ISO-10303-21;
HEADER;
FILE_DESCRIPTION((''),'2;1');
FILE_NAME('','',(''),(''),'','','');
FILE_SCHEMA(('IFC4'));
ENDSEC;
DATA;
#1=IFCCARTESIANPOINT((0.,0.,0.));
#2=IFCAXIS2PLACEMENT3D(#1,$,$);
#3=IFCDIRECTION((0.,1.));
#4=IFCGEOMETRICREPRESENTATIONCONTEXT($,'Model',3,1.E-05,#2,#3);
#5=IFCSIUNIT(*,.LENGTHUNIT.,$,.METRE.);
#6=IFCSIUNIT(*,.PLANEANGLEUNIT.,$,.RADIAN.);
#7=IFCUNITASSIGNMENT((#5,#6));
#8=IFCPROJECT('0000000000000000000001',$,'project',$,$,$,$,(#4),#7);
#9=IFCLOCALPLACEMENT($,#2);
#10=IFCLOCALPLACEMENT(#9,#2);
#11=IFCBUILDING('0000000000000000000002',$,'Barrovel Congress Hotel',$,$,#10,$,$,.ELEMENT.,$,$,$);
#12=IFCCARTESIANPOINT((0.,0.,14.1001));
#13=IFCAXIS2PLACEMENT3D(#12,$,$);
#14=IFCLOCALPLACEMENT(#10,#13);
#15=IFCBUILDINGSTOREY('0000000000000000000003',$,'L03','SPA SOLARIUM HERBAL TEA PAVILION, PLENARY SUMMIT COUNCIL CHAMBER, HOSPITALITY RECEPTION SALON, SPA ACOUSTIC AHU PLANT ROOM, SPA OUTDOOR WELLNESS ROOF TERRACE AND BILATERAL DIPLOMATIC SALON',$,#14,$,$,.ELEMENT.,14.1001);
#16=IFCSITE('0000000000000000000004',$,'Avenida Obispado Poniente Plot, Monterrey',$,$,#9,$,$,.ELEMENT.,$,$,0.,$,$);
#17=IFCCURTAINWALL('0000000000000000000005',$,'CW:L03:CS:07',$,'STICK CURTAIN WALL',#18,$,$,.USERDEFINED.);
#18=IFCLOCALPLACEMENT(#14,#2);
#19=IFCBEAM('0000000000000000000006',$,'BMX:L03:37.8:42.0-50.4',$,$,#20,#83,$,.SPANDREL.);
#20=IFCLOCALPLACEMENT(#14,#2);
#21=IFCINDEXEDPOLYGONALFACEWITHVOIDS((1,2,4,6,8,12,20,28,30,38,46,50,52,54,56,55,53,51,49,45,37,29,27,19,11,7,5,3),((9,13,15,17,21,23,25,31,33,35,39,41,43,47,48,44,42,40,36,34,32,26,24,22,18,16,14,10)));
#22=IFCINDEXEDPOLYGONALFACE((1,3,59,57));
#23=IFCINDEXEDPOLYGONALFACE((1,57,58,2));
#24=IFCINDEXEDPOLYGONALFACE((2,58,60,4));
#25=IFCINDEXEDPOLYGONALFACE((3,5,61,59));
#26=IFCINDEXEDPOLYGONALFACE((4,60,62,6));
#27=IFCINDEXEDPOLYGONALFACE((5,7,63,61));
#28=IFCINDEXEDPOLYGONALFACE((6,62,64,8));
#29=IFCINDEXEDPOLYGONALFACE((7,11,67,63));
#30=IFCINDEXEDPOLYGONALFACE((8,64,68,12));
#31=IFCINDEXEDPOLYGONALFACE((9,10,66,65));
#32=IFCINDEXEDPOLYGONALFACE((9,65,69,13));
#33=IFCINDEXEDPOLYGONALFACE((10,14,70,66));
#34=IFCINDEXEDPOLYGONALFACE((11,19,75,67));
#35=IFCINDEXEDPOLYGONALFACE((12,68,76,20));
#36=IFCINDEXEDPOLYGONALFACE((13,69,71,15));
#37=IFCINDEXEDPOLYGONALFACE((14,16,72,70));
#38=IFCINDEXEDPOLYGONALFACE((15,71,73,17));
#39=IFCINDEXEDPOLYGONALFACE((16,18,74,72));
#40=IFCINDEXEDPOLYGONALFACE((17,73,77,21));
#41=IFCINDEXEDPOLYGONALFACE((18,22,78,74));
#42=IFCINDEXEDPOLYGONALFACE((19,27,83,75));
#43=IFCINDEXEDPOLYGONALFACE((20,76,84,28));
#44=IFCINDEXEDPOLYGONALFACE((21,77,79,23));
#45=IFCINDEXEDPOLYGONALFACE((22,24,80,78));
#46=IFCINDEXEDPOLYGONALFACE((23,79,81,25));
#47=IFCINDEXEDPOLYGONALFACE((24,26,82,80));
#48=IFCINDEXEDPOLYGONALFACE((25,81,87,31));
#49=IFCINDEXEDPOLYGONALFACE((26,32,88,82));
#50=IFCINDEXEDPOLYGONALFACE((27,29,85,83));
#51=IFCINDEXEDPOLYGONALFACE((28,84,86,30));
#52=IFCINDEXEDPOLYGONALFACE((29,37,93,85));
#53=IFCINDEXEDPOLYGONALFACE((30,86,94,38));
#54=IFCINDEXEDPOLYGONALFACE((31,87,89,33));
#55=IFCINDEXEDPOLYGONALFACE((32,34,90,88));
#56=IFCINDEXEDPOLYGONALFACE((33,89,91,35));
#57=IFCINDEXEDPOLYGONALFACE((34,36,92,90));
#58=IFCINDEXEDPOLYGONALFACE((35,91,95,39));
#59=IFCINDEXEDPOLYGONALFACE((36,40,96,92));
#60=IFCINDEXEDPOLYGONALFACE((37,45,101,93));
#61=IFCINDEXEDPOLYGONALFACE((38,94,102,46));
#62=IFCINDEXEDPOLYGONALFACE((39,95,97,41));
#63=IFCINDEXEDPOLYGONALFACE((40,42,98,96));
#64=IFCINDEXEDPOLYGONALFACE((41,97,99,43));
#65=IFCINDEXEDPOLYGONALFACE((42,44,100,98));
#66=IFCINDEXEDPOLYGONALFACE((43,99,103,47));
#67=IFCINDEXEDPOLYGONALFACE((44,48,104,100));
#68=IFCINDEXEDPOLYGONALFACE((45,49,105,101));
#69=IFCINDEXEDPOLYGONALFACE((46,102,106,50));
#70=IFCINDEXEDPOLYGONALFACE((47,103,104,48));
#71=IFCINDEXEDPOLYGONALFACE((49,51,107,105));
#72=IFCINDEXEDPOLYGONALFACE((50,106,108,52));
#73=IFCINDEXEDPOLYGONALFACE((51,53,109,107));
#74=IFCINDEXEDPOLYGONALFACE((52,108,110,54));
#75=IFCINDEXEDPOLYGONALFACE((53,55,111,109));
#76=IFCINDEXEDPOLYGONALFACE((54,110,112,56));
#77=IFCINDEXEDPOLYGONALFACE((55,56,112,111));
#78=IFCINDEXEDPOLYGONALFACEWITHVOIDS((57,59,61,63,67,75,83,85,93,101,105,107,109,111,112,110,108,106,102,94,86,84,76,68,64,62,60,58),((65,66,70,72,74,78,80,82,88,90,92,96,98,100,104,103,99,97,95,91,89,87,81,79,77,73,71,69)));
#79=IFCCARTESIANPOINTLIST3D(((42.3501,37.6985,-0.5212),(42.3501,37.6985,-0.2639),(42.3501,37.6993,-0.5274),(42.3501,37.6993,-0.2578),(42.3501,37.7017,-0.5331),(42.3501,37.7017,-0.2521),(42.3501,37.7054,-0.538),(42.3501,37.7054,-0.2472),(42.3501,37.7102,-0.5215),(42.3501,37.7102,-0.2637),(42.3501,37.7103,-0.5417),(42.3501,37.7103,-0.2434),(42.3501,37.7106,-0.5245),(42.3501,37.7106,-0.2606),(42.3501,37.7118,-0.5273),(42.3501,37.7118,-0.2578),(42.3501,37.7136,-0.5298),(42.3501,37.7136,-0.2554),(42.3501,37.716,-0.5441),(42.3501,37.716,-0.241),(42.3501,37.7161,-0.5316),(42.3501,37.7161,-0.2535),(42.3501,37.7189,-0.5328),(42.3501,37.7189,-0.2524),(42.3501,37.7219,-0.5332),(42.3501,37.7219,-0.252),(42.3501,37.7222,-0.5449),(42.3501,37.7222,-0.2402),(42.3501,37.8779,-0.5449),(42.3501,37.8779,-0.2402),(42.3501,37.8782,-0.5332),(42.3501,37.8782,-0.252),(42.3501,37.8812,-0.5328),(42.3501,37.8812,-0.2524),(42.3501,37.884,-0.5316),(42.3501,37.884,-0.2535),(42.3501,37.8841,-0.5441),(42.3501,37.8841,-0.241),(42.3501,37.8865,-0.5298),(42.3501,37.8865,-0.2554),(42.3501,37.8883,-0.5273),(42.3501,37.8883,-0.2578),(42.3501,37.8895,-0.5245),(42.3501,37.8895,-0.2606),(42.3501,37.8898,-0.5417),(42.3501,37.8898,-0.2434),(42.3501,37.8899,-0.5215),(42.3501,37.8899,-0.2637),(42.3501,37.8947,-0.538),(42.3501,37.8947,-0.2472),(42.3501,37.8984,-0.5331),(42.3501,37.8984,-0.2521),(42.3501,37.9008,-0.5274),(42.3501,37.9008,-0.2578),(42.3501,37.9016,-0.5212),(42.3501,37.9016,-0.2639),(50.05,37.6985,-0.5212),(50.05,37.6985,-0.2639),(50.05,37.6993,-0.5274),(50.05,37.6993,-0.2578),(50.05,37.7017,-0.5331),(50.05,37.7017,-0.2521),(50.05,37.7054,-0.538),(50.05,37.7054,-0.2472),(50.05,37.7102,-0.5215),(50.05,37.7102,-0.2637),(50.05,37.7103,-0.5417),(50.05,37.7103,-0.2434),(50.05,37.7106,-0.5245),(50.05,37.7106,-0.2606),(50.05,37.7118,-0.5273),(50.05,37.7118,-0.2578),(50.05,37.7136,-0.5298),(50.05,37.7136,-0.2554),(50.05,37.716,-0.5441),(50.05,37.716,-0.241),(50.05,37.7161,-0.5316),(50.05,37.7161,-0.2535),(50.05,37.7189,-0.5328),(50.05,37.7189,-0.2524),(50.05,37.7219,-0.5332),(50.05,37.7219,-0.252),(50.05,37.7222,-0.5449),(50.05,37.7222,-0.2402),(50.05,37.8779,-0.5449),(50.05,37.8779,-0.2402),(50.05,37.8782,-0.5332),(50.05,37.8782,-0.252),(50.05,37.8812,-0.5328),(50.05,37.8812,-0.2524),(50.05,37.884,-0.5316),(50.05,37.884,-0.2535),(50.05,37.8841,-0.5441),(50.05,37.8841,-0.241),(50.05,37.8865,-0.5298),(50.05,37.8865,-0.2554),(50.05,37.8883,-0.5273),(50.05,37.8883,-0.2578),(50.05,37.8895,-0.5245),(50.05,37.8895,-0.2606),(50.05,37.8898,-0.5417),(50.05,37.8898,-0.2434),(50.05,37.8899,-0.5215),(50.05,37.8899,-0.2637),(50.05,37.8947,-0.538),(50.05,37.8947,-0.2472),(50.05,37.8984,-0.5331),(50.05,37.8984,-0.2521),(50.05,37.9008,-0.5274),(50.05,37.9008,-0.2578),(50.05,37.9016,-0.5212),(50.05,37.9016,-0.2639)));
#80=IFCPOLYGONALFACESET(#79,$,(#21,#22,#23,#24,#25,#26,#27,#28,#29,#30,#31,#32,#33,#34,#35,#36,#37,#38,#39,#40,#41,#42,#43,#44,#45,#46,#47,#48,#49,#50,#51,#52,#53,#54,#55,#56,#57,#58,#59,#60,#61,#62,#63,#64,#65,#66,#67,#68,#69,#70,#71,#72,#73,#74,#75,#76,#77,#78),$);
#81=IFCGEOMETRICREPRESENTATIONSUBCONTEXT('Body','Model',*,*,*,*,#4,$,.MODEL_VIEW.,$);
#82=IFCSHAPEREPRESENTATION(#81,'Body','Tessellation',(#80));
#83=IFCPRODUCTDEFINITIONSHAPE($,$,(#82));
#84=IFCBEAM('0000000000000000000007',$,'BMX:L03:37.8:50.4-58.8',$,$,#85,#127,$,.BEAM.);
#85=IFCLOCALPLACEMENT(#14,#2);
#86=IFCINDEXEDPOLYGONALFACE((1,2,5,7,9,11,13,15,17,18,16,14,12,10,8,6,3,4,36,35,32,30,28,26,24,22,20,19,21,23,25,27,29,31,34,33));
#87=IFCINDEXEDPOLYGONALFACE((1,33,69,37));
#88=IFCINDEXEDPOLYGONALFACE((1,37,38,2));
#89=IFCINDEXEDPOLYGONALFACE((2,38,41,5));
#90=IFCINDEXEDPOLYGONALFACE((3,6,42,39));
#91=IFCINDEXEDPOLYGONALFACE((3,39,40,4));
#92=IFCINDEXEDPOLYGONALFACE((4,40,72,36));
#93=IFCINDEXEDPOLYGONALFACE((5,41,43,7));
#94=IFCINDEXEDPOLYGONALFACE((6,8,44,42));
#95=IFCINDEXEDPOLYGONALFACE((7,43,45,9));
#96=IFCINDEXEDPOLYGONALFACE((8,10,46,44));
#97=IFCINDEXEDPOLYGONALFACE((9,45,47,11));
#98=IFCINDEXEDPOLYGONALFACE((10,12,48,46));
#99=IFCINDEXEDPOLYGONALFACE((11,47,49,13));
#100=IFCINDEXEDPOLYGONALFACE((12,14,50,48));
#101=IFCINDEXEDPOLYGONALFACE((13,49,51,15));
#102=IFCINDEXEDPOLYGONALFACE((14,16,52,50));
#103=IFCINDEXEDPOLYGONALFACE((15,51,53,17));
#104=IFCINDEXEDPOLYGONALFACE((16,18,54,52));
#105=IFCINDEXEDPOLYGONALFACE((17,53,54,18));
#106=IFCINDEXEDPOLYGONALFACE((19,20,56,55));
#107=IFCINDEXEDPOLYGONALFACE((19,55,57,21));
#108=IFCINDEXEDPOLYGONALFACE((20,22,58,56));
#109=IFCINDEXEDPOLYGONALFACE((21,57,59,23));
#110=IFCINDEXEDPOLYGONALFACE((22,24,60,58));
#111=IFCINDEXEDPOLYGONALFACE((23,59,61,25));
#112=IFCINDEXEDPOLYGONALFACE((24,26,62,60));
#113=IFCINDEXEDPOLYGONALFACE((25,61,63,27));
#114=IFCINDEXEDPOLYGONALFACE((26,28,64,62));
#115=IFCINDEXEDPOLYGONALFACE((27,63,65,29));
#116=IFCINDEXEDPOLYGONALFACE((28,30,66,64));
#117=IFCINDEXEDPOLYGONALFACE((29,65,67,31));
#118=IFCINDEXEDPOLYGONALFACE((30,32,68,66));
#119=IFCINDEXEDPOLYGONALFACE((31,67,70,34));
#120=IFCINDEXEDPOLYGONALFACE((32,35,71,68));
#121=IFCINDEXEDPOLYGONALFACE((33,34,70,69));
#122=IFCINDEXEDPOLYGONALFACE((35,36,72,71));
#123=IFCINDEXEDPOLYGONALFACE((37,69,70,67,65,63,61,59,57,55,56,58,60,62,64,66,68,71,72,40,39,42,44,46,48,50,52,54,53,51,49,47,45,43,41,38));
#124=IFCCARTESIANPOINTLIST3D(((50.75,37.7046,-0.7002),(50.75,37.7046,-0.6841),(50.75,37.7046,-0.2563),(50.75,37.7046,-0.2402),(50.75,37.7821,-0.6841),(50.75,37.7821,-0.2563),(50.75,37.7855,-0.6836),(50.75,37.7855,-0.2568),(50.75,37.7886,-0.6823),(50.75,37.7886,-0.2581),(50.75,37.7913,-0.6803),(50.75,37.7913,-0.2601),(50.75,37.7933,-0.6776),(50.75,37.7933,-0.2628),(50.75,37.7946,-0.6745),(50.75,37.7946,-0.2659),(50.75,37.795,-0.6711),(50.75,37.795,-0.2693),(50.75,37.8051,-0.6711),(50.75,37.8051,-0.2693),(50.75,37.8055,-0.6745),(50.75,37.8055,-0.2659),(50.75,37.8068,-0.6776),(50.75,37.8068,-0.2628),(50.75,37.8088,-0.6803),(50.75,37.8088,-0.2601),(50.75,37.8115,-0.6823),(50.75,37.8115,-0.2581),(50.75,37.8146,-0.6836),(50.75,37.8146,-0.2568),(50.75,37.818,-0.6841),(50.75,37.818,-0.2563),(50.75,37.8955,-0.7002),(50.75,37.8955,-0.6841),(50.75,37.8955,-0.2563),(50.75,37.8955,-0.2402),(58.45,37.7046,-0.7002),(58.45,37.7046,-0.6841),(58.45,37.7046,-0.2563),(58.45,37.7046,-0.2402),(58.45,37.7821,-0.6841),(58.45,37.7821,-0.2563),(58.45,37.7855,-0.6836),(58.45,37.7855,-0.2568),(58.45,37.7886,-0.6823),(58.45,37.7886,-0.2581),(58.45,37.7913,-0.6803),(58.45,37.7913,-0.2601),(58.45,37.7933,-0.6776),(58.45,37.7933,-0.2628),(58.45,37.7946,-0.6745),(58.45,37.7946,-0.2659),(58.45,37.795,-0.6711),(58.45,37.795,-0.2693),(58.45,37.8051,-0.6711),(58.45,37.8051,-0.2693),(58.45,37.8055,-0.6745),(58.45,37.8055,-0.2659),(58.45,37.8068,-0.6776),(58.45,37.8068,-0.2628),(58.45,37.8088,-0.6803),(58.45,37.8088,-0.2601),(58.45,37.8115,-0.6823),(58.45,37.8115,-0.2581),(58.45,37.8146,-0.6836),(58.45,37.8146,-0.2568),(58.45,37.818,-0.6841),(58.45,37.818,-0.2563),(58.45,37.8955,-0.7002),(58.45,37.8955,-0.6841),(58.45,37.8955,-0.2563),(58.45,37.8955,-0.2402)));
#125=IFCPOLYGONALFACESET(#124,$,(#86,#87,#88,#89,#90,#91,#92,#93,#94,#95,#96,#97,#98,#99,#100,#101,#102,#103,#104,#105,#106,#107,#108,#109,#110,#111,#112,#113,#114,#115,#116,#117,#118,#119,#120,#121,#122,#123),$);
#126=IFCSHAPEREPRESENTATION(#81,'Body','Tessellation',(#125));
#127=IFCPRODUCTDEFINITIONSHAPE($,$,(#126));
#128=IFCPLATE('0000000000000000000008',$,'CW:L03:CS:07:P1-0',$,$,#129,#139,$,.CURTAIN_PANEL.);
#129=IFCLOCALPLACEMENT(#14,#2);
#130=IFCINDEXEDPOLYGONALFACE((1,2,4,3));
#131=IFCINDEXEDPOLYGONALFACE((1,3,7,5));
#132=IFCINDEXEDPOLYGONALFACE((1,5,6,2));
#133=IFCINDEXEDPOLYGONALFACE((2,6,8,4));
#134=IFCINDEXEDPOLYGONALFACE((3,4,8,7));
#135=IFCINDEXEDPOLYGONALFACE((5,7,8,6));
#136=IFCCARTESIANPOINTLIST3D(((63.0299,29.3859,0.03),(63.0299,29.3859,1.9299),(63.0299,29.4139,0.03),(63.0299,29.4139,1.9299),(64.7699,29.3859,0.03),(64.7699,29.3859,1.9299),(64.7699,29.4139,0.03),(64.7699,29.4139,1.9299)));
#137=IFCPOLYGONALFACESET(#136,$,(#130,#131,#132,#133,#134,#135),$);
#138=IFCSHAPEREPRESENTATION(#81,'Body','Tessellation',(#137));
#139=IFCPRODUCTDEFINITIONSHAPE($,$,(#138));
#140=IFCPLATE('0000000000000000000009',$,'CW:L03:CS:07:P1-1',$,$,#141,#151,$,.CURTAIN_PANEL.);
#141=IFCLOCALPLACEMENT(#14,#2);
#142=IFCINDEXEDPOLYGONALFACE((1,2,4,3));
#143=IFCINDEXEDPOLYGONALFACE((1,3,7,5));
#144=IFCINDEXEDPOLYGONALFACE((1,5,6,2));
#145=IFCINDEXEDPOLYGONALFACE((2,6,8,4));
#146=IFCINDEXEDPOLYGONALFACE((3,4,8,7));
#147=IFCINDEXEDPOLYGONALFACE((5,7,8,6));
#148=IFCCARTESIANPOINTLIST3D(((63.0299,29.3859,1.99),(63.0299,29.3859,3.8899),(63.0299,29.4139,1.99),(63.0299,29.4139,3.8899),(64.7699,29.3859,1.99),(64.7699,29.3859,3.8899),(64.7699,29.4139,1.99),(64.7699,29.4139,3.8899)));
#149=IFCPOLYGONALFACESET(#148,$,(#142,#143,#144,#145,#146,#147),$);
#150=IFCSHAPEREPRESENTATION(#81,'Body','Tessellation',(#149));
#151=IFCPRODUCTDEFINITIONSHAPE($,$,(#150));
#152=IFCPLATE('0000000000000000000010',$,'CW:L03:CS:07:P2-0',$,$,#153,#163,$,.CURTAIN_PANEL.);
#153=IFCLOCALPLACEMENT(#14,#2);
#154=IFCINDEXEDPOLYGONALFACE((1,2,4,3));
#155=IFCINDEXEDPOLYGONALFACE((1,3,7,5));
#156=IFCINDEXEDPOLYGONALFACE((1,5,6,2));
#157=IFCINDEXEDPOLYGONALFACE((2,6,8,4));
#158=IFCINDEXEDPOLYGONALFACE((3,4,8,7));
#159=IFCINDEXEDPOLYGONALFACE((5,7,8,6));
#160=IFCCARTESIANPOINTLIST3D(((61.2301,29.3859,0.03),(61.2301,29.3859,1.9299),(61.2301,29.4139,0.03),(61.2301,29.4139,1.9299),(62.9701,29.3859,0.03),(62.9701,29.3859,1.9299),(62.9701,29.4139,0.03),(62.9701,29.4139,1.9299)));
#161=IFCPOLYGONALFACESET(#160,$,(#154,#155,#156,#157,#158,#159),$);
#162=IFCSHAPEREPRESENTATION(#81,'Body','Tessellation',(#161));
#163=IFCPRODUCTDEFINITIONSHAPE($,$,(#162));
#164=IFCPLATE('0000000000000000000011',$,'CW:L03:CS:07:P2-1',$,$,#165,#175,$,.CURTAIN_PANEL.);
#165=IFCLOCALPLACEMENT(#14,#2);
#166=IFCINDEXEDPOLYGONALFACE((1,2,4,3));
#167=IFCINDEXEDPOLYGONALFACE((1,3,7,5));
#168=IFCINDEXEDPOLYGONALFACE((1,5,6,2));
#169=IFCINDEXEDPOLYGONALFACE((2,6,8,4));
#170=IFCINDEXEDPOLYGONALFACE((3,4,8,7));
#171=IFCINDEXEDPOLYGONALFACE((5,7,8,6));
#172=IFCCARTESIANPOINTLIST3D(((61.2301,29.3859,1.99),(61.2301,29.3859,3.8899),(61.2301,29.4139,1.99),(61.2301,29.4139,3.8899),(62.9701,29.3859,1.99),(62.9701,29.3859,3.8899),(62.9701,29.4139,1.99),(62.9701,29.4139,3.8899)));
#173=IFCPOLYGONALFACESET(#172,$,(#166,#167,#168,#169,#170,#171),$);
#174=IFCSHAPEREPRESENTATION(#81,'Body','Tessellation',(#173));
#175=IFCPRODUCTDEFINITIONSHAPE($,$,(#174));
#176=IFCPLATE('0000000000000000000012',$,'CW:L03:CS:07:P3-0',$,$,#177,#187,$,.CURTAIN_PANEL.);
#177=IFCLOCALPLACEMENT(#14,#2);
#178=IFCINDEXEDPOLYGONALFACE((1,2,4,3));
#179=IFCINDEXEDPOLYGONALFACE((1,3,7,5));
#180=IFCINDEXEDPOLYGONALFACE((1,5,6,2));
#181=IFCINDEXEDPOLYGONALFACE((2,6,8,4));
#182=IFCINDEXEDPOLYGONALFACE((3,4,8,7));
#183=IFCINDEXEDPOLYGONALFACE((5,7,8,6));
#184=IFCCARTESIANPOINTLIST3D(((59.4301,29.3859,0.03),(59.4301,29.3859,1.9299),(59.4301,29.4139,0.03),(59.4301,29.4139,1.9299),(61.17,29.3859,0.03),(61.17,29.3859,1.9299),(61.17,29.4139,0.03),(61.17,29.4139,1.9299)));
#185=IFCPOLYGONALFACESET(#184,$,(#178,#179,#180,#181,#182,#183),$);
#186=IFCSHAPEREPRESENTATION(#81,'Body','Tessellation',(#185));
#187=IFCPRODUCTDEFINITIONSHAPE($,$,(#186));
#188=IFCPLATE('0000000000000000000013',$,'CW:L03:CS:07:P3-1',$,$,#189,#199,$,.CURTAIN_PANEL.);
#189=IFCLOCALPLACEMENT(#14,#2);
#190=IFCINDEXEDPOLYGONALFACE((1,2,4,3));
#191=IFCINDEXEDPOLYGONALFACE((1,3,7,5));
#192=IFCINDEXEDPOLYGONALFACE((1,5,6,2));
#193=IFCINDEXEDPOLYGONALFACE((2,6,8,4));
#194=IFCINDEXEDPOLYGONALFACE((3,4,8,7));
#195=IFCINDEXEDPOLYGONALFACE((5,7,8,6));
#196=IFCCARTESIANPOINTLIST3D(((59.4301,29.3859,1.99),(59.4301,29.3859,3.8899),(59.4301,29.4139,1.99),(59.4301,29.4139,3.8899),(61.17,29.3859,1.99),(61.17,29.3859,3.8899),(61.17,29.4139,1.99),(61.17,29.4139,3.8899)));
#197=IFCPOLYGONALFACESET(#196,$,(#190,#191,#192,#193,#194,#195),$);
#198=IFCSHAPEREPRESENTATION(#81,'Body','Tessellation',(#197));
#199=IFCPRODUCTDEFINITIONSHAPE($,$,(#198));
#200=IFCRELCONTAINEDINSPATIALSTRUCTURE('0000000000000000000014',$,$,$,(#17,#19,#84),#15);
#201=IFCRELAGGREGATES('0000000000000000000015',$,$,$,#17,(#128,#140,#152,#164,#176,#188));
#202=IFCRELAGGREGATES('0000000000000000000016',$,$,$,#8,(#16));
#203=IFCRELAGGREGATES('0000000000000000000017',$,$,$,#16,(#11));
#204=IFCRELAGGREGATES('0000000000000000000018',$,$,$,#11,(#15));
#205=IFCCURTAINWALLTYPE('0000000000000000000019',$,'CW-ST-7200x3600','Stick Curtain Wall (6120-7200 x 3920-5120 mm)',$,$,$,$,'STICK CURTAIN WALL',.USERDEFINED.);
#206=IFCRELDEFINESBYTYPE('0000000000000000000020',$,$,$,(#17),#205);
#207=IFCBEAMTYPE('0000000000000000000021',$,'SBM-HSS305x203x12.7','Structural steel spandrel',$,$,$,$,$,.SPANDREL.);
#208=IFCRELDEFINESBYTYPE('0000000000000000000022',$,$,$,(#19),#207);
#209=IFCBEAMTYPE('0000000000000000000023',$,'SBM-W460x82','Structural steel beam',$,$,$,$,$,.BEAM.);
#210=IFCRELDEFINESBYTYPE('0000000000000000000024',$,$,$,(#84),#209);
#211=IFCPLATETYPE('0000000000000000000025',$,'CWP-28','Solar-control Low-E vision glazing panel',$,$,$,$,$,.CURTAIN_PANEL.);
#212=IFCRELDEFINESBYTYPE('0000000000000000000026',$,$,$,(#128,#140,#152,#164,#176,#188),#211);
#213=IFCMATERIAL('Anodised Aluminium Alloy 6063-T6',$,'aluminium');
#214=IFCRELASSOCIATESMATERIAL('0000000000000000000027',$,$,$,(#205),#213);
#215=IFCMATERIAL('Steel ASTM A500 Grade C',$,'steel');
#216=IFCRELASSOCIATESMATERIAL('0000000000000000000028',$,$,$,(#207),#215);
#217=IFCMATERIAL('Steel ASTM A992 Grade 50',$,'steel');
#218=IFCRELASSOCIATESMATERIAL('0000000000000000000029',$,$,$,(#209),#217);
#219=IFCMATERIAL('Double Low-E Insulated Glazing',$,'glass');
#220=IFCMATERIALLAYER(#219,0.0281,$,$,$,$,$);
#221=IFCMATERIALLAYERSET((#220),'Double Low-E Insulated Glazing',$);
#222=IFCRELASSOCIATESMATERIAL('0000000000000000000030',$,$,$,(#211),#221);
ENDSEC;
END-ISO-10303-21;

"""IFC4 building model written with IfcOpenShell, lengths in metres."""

from ifc_helpers import new_model, si_unit, direction, frame, origin, origin_2d, place, context, subcontext, project, spatial, rectangle, hollow_rectangle, i_section, extrude, material, layer, layer_set, material_profile, profile_set, type_object, element, aggregate, save


model = new_model("IFC4")

# Units and contexts
model_context = context("Model", 3, precision=1e-05, world=origin(), true_north=direction((0.0, 1.0)))
body_context = subcontext(model_context, "Body", "Model", "MODEL_VIEW")
ifc_project = project(units=[si_unit("LENGTHUNIT", "METRE"), si_unit("PLANEANGLEUNIT", "RADIAN")], contexts=[model_context])

# Site, building, storey
site_placement = place(None, origin())
site = spatial("IfcSite", under=ifc_project, at=site_placement, Name="Avenida Obispado Poniente Plot, Monterrey", CompositionType="ELEMENT", RefElevation=0.0)
building_placement = place(site_placement, origin())
building = spatial("IfcBuilding", under=site, at=building_placement, Name="Barrovel Congress Hotel", CompositionType="ELEMENT")
storey_placement = place(building_placement, frame((0.0, 0.0, 14.1001)))
storey = spatial("IfcBuildingStorey", under=building, at=storey_placement, Name="L03", Description="SPA SOLARIUM HERBAL TEA PAVILION, PLENARY SUMMIT COUNCIL CHAMBER, HOSPITALITY RECEPTION SALON, SPA ACOUSTIC AHU PLANT ROOM, SPA OUTDOOR WELLNESS ROOF TERRACE AND BILATERAL DIPLOMATIC SALON", CompositionType="ELEMENT", Elevation=14.1001)

# Curtain wall
ifc_material_1 = material(Name="Anodised Aluminium Alloy 6063-T6", Category="aluminium")
curtain_wall_type = type_object("IfcCurtainWallType", Name="CW-ST-7200x3600", Description="Stick Curtain Wall (6120-7200 x 3920-5120 mm)", ElementType="STICK CURTAIN WALL", PredefinedType="USERDEFINED", material=ifc_material_1)
curtain_wall_placement = place(storey_placement, origin())
curtain_wall = element("IfcCurtainWall", 1, at=curtain_wall_placement, inside=storey, type_object=curtain_wall_type, Name="CW:L03:CS:07", ObjectType="STICK CURTAIN WALL", PredefinedType="USERDEFINED")

# Beams
ifc_material_2 = material(Name="Steel ASTM A500 Grade C", Category="steel")
ifc_material_profile_1 = material_profile(ifc_material_2, hollow_rectangle(XDim=0.2031, YDim=0.3047, WallThickness=0.0117, InnerFilletRadius=0.0117, OuterFilletRadius=0.0237, at=origin_2d()), Name="HSS305x203x12.7")
ifc_profile_set_1 = profile_set([ifc_material_profile_1], Name="Steel ASTM A500 Grade C")
beam_type_1 = type_object("IfcBeamType", Name="SBM-HSS305x203x12.7", Description="Structural steel spandrel", PredefinedType="SPANDREL", material=ifc_profile_set_1)
beam_1_placement = place(storey_placement, frame((42.3501, 37.8, -0.3926), z_axis=(1.0, 0.0, 0.0), x_axis=(0.0, 1.0, 0.0)))
element("IfcBeam", 2, at=beam_1_placement, inside=storey, type_object=beam_type_1, Name="BMX:L03:37.8:42.0-50.4", PredefinedType="SPANDREL", context=body_context, shape_type="SweptSolid", body=[
    extrude(hollow_rectangle(XDim=0.2031, YDim=0.3047, WallThickness=0.0117, InnerFilletRadius=0.0117, OuterFilletRadius=0.0237, at=origin_2d()), origin(), (0.0, 0.0, 1.0), 7.7),
])
ifc_material_3 = material(Name="Steel ASTM A992 Grade 50", Category="steel")
ifc_material_profile_2 = material_profile(ifc_material_3, i_section(OverallWidth=0.1909, OverallDepth=0.46, WebThickness=0.01, FlangeThickness=0.0161, FilletRadius=0.0129, at=origin_2d()), Name="W460x82")
ifc_profile_set_2 = profile_set([ifc_material_profile_2], Name="Steel ASTM A992 Grade 50")
beam_type_2 = type_object("IfcBeamType", Name="SBM-W460x82", Description="Structural steel beam", PredefinedType="BEAM", material=ifc_profile_set_2)
beam_2_placement = place(storey_placement, frame((50.75, 37.8, -0.4702), z_axis=(1.0, 0.0, 0.0), x_axis=(0.0, 1.0, 0.0)))
element("IfcBeam", 3, at=beam_2_placement, inside=storey, type_object=beam_type_2, Name="BMX:L03:37.8:50.4-58.8", PredefinedType="BEAM", context=body_context, shape_type="SweptSolid", body=[
    extrude(i_section(OverallWidth=0.1909, OverallDepth=0.46, WebThickness=0.01, FlangeThickness=0.0161, FilletRadius=0.0129, at=origin_2d()), origin(), (0.0, 0.0, 1.0), 7.7),
])

# Plates
ifc_material_4 = material(Name="Double Low-E Insulated Glazing", Category="glass")
ifc_layer_1 = layer(ifc_material_4, 0.0281)
ifc_layer_set_1 = layer_set([ifc_layer_1], Name="Double Low-E Insulated Glazing")
plate_type = type_object("IfcPlateType", Name="CWP-28", Description="Solar-control Low-E vision glazing panel", PredefinedType="CURTAIN_PANEL", material=ifc_layer_set_1)
plate_1_placement = place(storey_placement, frame((63.8999, 29.3999, 0.03), z_axis=(0.0, 0.0, 1.0), x_axis=(-1.0, 0.0, 0.0)))
plate_1 = element("IfcPlate", 4, at=plate_1_placement, type_object=plate_type, Name="CW:L03:CS:07:P1-0", PredefinedType="CURTAIN_PANEL", context=body_context, shape_type="SweptSolid", body=[
    extrude(rectangle(XDim=1.74, YDim=0.0281, at=origin_2d()), origin(), (0.0, 0.0, 1.0), 1.8999),
])
plate_2_placement = place(storey_placement, frame((63.8999, 29.3999, 1.99), z_axis=(0.0, 0.0, 1.0), x_axis=(-1.0, 0.0, 0.0)))
plate_2 = element("IfcPlate", 5, at=plate_2_placement, type_object=plate_type, Name="CW:L03:CS:07:P1-1", PredefinedType="CURTAIN_PANEL", context=body_context, shape_type="SweptSolid", body=[
    extrude(rectangle(XDim=1.74, YDim=0.0281, at=origin_2d()), origin(), (0.0, 0.0, 1.0), 1.8999),
])
plate_3_placement = place(storey_placement, frame((62.1001, 29.3999, 0.03), z_axis=(0.0, 0.0, 1.0), x_axis=(-1.0, 0.0, 0.0)))
plate_3 = element("IfcPlate", 6, at=plate_3_placement, type_object=plate_type, Name="CW:L03:CS:07:P2-0", PredefinedType="CURTAIN_PANEL", context=body_context, shape_type="SweptSolid", body=[
    extrude(rectangle(XDim=1.74, YDim=0.0281, at=origin_2d()), origin(), (0.0, 0.0, 1.0), 1.8999),
])
plate_4_placement = place(storey_placement, frame((62.1001, 29.3999, 1.99), z_axis=(0.0, 0.0, 1.0), x_axis=(-1.0, 0.0, 0.0)))
plate_4 = element("IfcPlate", 7, at=plate_4_placement, type_object=plate_type, Name="CW:L03:CS:07:P2-1", PredefinedType="CURTAIN_PANEL", context=body_context, shape_type="SweptSolid", body=[
    extrude(rectangle(XDim=1.74, YDim=0.0281, at=origin_2d()), origin(), (0.0, 0.0, 1.0), 1.8999),
])
plate_5_placement = place(storey_placement, frame((60.3, 29.3999, 0.03), z_axis=(0.0, 0.0, 1.0), x_axis=(-1.0, 0.0, 0.0)))
plate_5 = element("IfcPlate", 8, at=plate_5_placement, type_object=plate_type, Name="CW:L03:CS:07:P3-0", PredefinedType="CURTAIN_PANEL", context=body_context, shape_type="SweptSolid", body=[
    extrude(rectangle(XDim=1.74, YDim=0.0281, at=origin_2d()), origin(), (0.0, 0.0, 1.0), 1.8999),
])
plate_6_placement = place(storey_placement, frame((60.3, 29.3999, 1.99), z_axis=(0.0, 0.0, 1.0), x_axis=(-1.0, 0.0, 0.0)))
plate_6 = element("IfcPlate", 9, at=plate_6_placement, type_object=plate_type, Name="CW:L03:CS:07:P3-1", PredefinedType="CURTAIN_PANEL", context=body_context, shape_type="SweptSolid", body=[
    extrude(rectangle(XDim=1.74, YDim=0.0281, at=origin_2d()), origin(), (0.0, 0.0, 1.0), 1.8999),
])
aggregate(curtain_wall, [plate_1, plate_2, plate_3, plate_4, plate_5, plate_6])

save(model, "model.ifc")
